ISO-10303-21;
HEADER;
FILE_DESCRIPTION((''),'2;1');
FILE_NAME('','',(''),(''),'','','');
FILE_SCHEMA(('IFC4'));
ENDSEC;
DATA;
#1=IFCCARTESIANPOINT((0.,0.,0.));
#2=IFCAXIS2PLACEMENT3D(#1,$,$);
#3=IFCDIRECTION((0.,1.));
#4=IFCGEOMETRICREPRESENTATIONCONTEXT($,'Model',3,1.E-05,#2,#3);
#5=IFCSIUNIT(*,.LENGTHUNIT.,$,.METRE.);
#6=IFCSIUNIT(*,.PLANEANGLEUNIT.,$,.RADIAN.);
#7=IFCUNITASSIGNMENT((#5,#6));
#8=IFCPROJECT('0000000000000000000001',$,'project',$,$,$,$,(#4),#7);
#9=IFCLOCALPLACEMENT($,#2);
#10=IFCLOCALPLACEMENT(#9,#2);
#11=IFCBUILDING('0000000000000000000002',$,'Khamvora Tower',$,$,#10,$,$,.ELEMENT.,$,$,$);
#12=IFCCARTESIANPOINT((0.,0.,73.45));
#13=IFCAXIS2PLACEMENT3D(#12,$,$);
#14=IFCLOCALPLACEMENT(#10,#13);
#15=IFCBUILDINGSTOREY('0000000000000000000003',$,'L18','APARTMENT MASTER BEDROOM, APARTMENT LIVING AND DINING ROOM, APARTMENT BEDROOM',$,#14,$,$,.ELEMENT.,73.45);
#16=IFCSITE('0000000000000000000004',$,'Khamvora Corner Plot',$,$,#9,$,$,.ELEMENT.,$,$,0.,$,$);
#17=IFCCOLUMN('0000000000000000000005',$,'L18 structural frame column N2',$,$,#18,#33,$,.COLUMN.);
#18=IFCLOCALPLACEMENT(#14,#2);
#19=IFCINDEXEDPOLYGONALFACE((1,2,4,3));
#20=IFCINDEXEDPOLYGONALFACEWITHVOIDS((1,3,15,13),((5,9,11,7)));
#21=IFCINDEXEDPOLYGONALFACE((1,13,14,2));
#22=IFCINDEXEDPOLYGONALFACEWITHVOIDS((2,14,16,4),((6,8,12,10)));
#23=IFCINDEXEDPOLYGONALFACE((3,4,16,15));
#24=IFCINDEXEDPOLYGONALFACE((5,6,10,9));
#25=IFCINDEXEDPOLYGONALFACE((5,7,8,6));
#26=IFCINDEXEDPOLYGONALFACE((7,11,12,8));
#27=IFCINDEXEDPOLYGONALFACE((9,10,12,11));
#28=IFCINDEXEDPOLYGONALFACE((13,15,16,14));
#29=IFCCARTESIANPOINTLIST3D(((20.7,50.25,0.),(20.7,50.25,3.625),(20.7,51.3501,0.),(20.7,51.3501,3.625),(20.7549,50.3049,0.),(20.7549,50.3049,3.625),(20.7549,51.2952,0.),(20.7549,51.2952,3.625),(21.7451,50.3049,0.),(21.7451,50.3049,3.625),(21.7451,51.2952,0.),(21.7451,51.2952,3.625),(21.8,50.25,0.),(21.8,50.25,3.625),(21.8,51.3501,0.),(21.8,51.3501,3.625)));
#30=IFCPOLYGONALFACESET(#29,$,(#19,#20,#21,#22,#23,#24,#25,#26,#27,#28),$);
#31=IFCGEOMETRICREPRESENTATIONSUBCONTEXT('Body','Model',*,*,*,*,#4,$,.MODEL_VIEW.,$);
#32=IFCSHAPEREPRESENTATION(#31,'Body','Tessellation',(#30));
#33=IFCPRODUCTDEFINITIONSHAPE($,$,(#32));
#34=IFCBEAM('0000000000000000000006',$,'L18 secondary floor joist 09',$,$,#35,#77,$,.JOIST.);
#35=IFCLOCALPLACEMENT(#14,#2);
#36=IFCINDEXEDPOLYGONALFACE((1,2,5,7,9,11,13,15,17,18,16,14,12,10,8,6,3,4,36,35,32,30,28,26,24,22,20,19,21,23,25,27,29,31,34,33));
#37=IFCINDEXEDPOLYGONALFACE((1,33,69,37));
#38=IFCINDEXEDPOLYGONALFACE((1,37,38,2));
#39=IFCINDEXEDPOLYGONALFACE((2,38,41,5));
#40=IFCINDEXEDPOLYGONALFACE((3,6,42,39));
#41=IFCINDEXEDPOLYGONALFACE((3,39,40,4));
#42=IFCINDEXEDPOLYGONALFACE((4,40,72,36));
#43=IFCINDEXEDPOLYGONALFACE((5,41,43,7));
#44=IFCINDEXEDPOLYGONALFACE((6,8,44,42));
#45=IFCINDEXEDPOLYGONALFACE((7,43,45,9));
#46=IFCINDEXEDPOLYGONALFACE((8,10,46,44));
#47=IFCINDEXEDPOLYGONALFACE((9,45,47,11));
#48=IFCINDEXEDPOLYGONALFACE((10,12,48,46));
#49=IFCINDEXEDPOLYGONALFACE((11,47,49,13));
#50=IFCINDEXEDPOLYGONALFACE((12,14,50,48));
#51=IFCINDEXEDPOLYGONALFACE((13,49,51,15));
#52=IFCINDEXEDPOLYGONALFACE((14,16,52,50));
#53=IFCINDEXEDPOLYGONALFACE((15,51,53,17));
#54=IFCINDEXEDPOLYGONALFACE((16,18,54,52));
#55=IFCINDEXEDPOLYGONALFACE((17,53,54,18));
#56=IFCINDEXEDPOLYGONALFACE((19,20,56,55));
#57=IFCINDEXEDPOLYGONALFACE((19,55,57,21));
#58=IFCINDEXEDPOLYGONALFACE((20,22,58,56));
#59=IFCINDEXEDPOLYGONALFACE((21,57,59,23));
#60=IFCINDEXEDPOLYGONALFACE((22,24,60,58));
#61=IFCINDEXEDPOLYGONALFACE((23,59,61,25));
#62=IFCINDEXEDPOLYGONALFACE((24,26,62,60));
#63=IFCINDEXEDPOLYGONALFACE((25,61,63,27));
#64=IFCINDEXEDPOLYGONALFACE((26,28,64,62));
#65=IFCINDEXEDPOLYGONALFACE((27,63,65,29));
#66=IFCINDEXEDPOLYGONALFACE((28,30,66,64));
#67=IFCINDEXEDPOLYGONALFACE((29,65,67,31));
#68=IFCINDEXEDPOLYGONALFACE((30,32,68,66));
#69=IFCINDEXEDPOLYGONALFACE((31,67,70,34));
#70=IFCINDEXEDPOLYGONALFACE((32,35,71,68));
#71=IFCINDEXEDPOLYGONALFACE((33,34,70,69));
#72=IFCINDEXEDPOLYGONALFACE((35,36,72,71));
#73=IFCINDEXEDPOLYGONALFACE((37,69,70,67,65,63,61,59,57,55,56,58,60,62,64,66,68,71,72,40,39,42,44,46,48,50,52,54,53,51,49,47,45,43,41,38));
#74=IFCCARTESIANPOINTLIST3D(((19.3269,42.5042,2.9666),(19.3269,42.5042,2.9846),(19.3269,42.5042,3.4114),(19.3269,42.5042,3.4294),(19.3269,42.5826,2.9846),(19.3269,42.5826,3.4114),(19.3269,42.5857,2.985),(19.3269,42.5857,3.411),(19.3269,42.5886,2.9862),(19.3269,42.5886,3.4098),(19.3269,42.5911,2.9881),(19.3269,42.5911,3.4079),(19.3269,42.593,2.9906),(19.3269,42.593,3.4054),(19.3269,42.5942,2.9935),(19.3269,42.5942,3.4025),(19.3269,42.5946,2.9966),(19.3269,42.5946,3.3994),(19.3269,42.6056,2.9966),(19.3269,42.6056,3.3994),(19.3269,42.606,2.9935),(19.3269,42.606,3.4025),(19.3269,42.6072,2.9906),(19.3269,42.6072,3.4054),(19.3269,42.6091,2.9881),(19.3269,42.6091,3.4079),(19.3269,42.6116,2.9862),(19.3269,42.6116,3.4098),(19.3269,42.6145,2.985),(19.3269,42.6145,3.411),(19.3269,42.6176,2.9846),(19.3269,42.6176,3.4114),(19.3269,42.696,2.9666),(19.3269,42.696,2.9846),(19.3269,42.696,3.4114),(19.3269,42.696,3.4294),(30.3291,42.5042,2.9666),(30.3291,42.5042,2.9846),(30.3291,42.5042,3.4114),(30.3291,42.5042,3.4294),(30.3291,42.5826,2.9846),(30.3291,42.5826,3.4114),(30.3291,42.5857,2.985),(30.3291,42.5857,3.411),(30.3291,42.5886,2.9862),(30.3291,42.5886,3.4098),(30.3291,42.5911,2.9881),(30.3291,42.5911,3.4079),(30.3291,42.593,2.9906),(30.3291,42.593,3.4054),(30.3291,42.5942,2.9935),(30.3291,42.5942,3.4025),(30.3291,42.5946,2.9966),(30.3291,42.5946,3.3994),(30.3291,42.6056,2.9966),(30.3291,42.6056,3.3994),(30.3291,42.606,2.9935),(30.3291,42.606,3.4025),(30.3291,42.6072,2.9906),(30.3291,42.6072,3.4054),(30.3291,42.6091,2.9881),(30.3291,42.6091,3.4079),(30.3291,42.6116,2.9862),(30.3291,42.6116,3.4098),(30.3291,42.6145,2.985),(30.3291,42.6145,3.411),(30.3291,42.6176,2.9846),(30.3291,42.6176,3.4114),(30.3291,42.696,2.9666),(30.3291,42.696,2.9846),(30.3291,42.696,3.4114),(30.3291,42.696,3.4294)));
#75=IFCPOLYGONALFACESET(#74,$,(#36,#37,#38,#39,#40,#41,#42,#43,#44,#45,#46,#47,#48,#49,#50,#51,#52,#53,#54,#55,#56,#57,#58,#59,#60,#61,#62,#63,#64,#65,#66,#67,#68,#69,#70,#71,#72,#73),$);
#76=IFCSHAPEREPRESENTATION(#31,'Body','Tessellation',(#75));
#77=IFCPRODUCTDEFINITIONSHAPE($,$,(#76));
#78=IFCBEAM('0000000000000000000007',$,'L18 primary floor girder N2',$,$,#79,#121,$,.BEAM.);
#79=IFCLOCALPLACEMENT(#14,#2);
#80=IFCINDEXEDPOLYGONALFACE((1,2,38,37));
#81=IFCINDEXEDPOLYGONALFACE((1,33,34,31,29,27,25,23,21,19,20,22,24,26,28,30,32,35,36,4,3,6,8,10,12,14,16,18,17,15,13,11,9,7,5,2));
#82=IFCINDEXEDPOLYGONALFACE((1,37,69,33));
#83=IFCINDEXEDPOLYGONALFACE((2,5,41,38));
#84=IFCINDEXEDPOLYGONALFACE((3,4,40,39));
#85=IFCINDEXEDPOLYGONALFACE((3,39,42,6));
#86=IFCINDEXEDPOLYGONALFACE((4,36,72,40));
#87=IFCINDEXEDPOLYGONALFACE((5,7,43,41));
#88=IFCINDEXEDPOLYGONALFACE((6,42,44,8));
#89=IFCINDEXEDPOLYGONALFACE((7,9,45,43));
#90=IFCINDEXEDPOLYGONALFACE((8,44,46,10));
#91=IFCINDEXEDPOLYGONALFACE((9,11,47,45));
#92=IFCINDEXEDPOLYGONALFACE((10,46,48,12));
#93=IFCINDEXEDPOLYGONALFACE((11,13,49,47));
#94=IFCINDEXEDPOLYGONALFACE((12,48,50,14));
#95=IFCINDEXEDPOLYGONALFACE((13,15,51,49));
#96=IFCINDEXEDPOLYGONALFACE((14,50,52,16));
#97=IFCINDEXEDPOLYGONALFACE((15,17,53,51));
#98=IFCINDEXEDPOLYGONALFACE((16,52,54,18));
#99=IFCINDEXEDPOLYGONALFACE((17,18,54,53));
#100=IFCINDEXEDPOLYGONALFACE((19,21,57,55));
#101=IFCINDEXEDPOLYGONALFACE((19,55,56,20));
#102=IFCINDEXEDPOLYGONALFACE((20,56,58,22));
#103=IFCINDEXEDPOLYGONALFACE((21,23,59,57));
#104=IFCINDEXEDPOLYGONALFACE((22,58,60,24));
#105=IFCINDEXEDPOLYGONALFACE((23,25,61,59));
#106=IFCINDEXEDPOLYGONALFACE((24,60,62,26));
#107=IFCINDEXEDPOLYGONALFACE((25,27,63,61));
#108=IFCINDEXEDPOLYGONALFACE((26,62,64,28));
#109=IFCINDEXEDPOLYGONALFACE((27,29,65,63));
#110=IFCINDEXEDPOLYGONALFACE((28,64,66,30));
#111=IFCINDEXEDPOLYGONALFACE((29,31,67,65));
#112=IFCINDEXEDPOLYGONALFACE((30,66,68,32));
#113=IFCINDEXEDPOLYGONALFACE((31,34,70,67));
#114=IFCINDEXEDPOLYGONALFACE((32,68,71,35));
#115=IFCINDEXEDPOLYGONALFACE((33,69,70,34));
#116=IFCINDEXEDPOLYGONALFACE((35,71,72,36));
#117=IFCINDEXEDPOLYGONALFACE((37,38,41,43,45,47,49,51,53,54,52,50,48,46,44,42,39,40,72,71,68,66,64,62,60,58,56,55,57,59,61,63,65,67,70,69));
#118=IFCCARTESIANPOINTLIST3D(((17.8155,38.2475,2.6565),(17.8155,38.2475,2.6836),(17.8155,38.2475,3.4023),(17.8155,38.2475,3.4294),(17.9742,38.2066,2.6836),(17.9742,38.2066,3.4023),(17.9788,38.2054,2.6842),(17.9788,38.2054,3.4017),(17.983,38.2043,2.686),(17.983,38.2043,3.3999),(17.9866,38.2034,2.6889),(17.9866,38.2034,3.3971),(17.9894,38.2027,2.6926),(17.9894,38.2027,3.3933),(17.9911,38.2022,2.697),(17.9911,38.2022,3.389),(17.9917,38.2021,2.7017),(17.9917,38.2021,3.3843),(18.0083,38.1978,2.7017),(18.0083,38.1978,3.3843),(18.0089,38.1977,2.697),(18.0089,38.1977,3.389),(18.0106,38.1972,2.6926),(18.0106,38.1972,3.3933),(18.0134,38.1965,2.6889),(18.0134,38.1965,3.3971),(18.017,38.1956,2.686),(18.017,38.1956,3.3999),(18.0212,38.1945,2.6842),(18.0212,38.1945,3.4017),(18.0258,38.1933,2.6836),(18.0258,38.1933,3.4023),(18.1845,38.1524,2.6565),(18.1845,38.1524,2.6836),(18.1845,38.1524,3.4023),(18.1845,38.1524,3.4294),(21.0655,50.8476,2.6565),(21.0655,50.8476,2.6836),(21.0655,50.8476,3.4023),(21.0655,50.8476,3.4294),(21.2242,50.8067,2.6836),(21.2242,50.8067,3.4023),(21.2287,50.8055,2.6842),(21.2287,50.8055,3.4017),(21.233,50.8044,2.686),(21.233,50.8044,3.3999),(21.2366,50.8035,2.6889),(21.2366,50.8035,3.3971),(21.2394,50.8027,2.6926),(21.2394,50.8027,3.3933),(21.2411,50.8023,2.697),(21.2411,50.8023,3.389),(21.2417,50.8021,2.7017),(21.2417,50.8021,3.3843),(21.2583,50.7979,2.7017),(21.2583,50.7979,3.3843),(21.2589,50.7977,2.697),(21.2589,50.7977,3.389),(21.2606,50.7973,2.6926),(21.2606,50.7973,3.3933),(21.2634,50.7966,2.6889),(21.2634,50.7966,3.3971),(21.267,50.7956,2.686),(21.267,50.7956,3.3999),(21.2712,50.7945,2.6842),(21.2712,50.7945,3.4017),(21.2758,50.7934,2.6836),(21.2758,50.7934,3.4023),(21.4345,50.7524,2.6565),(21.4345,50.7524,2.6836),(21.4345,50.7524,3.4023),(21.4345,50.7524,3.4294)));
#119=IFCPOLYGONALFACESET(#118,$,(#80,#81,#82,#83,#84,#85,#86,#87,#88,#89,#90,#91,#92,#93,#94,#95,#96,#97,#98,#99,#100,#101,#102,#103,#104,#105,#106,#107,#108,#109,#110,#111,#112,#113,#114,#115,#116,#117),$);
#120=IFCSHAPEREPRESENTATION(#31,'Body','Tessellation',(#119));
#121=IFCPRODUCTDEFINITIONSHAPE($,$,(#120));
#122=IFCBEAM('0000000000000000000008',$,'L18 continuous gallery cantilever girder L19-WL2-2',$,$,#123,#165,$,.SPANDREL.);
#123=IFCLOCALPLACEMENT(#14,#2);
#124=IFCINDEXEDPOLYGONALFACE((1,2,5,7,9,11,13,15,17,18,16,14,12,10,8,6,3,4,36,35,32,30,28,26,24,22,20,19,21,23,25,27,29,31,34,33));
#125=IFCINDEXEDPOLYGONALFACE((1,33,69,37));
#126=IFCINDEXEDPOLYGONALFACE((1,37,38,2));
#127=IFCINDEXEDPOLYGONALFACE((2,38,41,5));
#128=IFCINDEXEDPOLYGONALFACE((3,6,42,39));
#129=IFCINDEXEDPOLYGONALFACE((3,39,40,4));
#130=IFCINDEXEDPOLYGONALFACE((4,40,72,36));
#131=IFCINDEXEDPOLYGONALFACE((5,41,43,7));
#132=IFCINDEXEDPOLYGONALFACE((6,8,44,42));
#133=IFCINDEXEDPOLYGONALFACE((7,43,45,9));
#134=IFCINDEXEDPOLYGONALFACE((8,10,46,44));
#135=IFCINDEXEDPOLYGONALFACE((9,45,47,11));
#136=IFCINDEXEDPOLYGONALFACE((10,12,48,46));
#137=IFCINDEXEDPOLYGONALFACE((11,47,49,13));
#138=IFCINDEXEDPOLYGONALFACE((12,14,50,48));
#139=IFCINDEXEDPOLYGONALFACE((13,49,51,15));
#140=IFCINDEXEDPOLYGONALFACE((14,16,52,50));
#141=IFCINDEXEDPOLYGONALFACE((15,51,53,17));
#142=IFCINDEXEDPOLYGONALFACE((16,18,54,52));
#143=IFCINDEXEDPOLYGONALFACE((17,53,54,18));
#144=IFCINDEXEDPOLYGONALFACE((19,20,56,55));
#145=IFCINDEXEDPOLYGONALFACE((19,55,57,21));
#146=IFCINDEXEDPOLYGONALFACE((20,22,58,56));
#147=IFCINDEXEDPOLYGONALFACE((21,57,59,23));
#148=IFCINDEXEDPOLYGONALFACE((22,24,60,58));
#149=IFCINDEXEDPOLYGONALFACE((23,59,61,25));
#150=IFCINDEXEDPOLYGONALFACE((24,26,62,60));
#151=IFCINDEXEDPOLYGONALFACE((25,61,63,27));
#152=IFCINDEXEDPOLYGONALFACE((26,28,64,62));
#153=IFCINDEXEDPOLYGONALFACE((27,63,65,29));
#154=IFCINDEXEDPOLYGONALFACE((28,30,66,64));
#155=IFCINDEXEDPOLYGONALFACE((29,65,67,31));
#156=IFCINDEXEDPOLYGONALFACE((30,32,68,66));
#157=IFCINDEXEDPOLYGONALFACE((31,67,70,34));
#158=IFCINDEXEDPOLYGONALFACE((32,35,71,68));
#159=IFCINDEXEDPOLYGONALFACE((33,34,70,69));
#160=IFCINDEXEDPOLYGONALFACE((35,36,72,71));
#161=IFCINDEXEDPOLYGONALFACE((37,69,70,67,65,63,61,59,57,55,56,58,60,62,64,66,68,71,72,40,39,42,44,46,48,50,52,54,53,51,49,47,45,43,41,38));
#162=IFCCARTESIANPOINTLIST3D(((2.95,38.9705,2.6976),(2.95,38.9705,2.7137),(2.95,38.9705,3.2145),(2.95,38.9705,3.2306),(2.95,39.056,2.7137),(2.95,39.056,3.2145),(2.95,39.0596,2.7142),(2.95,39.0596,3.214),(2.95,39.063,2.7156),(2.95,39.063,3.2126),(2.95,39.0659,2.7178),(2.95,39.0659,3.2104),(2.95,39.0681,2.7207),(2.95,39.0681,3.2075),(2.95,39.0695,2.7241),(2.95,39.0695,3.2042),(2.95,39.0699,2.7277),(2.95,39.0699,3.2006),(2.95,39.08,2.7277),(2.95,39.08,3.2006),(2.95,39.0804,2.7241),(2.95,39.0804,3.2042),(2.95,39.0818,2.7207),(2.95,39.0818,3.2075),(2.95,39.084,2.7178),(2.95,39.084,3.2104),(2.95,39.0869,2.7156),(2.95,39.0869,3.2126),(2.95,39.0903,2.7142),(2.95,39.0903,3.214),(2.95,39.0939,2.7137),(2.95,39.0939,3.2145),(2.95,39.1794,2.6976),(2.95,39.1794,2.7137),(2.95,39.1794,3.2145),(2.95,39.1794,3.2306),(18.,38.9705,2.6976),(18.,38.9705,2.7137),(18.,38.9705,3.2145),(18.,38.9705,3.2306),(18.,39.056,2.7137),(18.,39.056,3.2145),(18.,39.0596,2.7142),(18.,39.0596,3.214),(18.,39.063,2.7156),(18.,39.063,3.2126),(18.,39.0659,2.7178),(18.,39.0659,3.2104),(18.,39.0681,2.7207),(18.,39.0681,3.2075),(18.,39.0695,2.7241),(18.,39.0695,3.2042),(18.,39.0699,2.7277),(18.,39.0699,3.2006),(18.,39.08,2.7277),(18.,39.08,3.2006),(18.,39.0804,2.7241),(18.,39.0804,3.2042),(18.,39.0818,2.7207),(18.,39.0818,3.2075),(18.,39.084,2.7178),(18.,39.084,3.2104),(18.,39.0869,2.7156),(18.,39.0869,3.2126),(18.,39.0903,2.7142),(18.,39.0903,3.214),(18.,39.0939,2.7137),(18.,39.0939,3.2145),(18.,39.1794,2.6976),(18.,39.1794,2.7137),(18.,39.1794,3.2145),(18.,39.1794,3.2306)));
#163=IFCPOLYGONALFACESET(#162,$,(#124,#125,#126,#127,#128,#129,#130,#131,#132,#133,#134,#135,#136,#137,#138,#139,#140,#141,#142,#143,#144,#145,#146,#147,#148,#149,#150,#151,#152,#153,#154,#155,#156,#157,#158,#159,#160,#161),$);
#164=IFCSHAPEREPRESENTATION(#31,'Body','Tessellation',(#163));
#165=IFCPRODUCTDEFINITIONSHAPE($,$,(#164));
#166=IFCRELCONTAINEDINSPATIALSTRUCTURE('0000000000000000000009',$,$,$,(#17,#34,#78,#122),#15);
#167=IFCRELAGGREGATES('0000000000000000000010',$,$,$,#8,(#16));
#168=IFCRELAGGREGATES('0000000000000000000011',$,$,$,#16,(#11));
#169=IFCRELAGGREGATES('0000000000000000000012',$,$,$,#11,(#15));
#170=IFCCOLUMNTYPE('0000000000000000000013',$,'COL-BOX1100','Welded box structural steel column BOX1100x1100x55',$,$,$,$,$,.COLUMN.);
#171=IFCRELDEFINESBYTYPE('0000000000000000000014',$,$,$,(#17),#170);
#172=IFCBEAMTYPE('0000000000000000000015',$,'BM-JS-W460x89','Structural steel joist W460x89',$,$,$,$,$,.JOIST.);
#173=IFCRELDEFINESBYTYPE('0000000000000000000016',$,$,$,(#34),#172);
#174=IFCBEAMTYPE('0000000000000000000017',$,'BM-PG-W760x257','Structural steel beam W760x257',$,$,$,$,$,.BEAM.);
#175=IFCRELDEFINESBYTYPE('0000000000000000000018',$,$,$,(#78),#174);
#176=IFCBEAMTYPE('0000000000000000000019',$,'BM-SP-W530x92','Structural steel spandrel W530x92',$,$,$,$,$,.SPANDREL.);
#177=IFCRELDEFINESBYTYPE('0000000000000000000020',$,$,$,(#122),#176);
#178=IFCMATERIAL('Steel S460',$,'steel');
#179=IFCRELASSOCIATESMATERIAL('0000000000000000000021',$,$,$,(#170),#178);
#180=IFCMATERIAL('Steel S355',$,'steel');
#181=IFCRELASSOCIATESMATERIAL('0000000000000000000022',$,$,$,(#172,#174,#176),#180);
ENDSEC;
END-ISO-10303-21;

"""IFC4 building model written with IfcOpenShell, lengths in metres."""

from ifc_helpers import new_model, si_unit, direction, frame, origin, origin_2d, place, context, subcontext, project, spatial, hollow_rectangle, i_section, extrude, material, material_profile, profile_set, type_object, element, save


model = new_model("IFC4")

# Units and contexts
model_context = context("Model", 3, precision=1e-05, world=origin(), true_north=direction((0.0, 1.0)))
body_context = subcontext(model_context, "Body", "Model", "MODEL_VIEW")
ifc_project = project(units=[si_unit("LENGTHUNIT", "METRE"), si_unit("PLANEANGLEUNIT", "RADIAN")], contexts=[model_context])

# Site, building, storey
site_placement = place(None, origin())
site = spatial("IfcSite", under=ifc_project, at=site_placement, Name="Khamvora Corner Plot", CompositionType="ELEMENT", RefElevation=0.0)
building_placement = place(site_placement, origin())
building = spatial("IfcBuilding", under=site, at=building_placement, Name="Khamvora Tower", CompositionType="ELEMENT")
storey_placement = place(building_placement, frame((0.0, 0.0, 73.45)))
storey = spatial("IfcBuildingStorey", under=building, at=storey_placement, Name="L18", Description="APARTMENT MASTER BEDROOM, APARTMENT LIVING AND DINING ROOM, APARTMENT BEDROOM", CompositionType="ELEMENT", Elevation=73.45)

# Column
ifc_material_1 = material(Name="Steel S460", Category="steel")
ifc_material_profile_1 = material_profile(ifc_material_1, hollow_rectangle(XDim=1.1001, YDim=1.1001, WallThickness=0.0549, at=origin_2d()), Name="BOX1100x1100x55")
ifc_profile_set_1 = profile_set([ifc_material_profile_1], Name="Steel S460")
column_type = type_object("IfcColumnType", Name="COL-BOX1100", Description="Welded box structural steel column BOX1100x1100x55", PredefinedType="COLUMN", material=ifc_profile_set_1)
column_placement = place(storey_placement, frame((21.25, 50.8, 0.0), z_axis=(0.0, 0.0, 1.0), x_axis=(1.0, 0.0, 0.0)))
element("IfcColumn", 1, at=column_placement, inside=storey, type_object=column_type, Name="L18 structural frame column N2", PredefinedType="COLUMN", context=body_context, shape_type="SweptSolid", body=[
    extrude(hollow_rectangle(XDim=1.1001, YDim=1.1001, WallThickness=0.0549, at=origin_2d()), origin(), (0.0, 0.0, 1.0), 3.625),
])

# Beams
ifc_material_2 = material(Name="Steel S355", Category="steel")
ifc_material_profile_2 = material_profile(ifc_material_2, i_section(OverallWidth=0.1919, OverallDepth=0.4629, WebThickness=0.011, FlangeThickness=0.0181, FilletRadius=0.012, at=origin_2d()), Name="W460x89")
ifc_profile_set_2 = profile_set([ifc_material_profile_2], Name="Steel S355")
beam_type_1 = type_object("IfcBeamType", Name="BM-JS-W460x89", Description="Structural steel joist W460x89", PredefinedType="JOIST", material=ifc_profile_set_2)
beam_1_placement = place(storey_placement, frame((19.3269, 42.6001, 3.198), z_axis=(1.0, 0.0, 0.0), x_axis=(0.0, 1.0, 0.0)))
element("IfcBeam", 2, at=beam_1_placement, inside=storey, type_object=beam_type_1, Name="L18 secondary floor joist 09", PredefinedType="JOIST", context=body_context, shape_type="SweptSolid", body=[
    extrude(i_section(OverallWidth=0.1919, OverallDepth=0.4629, WebThickness=0.011, FlangeThickness=0.0181, FilletRadius=0.012, at=origin_2d()), origin(), (0.0, 0.0, 1.0), 11.0022),
])
ifc_material_profile_3 = material_profile(ifc_material_2, i_section(OverallWidth=0.3811, OverallDepth=0.7729, WebThickness=0.0171, FlangeThickness=0.0271, FilletRadius=0.0181, at=origin_2d()), Name="W760x257")
ifc_profile_set_3 = profile_set([ifc_material_profile_3], Name="Steel S355")
beam_type_2 = type_object("IfcBeamType", Name="BM-PG-W760x257", Description="Structural steel beam W760x257", PredefinedType="BEAM", material=ifc_profile_set_3)
beam_2_placement = place(storey_placement, frame((18.0, 38.2, 3.043), z_axis=(0.24976, 0.968308, 0.0), x_axis=(-0.968308, 0.24976, 0.0)))
element("IfcBeam", 3, at=beam_2_placement, inside=storey, type_object=beam_type_2, Name="L18 primary floor girder N2", PredefinedType="BEAM", context=body_context, shape_type="SweptSolid", body=[
    extrude(i_section(OverallWidth=0.3811, OverallDepth=0.7729, WebThickness=0.0171, FlangeThickness=0.0271, FilletRadius=0.0181, at=origin_2d()), origin(), (0.0, 0.0, 1.0), 13.0125),
])
ifc_material_profile_4 = material_profile(ifc_material_2, i_section(OverallWidth=0.209, OverallDepth=0.533, WebThickness=0.01, FlangeThickness=0.0161, FilletRadius=0.0139, at=origin_2d()), Name="W530x92")
ifc_profile_set_4 = profile_set([ifc_material_profile_4], Name="Steel S355")
beam_type_3 = type_object("IfcBeamType", Name="BM-SP-W530x92", Description="Structural steel spandrel W530x92", PredefinedType="SPANDREL", material=ifc_profile_set_4)
beam_3_placement = place(storey_placement, frame((18.0, 39.075, 2.9641), z_axis=(-1.0, 0.0, 0.0), x_axis=(0.0, -1.0, 0.0)))
element("IfcBeam", 4, at=beam_3_placement, inside=storey, type_object=beam_type_3, Name="L18 continuous gallery cantilever girder L19-WL2-2", PredefinedType="SPANDREL", context=body_context, shape_type="SweptSolid", body=[
    extrude(i_section(OverallWidth=0.209, OverallDepth=0.533, WebThickness=0.01, FlangeThickness=0.0161, FilletRadius=0.0139, at=origin_2d()), origin(), (0.0, 0.0, 1.0), 15.05),
])

save(model, "model.ifc")
